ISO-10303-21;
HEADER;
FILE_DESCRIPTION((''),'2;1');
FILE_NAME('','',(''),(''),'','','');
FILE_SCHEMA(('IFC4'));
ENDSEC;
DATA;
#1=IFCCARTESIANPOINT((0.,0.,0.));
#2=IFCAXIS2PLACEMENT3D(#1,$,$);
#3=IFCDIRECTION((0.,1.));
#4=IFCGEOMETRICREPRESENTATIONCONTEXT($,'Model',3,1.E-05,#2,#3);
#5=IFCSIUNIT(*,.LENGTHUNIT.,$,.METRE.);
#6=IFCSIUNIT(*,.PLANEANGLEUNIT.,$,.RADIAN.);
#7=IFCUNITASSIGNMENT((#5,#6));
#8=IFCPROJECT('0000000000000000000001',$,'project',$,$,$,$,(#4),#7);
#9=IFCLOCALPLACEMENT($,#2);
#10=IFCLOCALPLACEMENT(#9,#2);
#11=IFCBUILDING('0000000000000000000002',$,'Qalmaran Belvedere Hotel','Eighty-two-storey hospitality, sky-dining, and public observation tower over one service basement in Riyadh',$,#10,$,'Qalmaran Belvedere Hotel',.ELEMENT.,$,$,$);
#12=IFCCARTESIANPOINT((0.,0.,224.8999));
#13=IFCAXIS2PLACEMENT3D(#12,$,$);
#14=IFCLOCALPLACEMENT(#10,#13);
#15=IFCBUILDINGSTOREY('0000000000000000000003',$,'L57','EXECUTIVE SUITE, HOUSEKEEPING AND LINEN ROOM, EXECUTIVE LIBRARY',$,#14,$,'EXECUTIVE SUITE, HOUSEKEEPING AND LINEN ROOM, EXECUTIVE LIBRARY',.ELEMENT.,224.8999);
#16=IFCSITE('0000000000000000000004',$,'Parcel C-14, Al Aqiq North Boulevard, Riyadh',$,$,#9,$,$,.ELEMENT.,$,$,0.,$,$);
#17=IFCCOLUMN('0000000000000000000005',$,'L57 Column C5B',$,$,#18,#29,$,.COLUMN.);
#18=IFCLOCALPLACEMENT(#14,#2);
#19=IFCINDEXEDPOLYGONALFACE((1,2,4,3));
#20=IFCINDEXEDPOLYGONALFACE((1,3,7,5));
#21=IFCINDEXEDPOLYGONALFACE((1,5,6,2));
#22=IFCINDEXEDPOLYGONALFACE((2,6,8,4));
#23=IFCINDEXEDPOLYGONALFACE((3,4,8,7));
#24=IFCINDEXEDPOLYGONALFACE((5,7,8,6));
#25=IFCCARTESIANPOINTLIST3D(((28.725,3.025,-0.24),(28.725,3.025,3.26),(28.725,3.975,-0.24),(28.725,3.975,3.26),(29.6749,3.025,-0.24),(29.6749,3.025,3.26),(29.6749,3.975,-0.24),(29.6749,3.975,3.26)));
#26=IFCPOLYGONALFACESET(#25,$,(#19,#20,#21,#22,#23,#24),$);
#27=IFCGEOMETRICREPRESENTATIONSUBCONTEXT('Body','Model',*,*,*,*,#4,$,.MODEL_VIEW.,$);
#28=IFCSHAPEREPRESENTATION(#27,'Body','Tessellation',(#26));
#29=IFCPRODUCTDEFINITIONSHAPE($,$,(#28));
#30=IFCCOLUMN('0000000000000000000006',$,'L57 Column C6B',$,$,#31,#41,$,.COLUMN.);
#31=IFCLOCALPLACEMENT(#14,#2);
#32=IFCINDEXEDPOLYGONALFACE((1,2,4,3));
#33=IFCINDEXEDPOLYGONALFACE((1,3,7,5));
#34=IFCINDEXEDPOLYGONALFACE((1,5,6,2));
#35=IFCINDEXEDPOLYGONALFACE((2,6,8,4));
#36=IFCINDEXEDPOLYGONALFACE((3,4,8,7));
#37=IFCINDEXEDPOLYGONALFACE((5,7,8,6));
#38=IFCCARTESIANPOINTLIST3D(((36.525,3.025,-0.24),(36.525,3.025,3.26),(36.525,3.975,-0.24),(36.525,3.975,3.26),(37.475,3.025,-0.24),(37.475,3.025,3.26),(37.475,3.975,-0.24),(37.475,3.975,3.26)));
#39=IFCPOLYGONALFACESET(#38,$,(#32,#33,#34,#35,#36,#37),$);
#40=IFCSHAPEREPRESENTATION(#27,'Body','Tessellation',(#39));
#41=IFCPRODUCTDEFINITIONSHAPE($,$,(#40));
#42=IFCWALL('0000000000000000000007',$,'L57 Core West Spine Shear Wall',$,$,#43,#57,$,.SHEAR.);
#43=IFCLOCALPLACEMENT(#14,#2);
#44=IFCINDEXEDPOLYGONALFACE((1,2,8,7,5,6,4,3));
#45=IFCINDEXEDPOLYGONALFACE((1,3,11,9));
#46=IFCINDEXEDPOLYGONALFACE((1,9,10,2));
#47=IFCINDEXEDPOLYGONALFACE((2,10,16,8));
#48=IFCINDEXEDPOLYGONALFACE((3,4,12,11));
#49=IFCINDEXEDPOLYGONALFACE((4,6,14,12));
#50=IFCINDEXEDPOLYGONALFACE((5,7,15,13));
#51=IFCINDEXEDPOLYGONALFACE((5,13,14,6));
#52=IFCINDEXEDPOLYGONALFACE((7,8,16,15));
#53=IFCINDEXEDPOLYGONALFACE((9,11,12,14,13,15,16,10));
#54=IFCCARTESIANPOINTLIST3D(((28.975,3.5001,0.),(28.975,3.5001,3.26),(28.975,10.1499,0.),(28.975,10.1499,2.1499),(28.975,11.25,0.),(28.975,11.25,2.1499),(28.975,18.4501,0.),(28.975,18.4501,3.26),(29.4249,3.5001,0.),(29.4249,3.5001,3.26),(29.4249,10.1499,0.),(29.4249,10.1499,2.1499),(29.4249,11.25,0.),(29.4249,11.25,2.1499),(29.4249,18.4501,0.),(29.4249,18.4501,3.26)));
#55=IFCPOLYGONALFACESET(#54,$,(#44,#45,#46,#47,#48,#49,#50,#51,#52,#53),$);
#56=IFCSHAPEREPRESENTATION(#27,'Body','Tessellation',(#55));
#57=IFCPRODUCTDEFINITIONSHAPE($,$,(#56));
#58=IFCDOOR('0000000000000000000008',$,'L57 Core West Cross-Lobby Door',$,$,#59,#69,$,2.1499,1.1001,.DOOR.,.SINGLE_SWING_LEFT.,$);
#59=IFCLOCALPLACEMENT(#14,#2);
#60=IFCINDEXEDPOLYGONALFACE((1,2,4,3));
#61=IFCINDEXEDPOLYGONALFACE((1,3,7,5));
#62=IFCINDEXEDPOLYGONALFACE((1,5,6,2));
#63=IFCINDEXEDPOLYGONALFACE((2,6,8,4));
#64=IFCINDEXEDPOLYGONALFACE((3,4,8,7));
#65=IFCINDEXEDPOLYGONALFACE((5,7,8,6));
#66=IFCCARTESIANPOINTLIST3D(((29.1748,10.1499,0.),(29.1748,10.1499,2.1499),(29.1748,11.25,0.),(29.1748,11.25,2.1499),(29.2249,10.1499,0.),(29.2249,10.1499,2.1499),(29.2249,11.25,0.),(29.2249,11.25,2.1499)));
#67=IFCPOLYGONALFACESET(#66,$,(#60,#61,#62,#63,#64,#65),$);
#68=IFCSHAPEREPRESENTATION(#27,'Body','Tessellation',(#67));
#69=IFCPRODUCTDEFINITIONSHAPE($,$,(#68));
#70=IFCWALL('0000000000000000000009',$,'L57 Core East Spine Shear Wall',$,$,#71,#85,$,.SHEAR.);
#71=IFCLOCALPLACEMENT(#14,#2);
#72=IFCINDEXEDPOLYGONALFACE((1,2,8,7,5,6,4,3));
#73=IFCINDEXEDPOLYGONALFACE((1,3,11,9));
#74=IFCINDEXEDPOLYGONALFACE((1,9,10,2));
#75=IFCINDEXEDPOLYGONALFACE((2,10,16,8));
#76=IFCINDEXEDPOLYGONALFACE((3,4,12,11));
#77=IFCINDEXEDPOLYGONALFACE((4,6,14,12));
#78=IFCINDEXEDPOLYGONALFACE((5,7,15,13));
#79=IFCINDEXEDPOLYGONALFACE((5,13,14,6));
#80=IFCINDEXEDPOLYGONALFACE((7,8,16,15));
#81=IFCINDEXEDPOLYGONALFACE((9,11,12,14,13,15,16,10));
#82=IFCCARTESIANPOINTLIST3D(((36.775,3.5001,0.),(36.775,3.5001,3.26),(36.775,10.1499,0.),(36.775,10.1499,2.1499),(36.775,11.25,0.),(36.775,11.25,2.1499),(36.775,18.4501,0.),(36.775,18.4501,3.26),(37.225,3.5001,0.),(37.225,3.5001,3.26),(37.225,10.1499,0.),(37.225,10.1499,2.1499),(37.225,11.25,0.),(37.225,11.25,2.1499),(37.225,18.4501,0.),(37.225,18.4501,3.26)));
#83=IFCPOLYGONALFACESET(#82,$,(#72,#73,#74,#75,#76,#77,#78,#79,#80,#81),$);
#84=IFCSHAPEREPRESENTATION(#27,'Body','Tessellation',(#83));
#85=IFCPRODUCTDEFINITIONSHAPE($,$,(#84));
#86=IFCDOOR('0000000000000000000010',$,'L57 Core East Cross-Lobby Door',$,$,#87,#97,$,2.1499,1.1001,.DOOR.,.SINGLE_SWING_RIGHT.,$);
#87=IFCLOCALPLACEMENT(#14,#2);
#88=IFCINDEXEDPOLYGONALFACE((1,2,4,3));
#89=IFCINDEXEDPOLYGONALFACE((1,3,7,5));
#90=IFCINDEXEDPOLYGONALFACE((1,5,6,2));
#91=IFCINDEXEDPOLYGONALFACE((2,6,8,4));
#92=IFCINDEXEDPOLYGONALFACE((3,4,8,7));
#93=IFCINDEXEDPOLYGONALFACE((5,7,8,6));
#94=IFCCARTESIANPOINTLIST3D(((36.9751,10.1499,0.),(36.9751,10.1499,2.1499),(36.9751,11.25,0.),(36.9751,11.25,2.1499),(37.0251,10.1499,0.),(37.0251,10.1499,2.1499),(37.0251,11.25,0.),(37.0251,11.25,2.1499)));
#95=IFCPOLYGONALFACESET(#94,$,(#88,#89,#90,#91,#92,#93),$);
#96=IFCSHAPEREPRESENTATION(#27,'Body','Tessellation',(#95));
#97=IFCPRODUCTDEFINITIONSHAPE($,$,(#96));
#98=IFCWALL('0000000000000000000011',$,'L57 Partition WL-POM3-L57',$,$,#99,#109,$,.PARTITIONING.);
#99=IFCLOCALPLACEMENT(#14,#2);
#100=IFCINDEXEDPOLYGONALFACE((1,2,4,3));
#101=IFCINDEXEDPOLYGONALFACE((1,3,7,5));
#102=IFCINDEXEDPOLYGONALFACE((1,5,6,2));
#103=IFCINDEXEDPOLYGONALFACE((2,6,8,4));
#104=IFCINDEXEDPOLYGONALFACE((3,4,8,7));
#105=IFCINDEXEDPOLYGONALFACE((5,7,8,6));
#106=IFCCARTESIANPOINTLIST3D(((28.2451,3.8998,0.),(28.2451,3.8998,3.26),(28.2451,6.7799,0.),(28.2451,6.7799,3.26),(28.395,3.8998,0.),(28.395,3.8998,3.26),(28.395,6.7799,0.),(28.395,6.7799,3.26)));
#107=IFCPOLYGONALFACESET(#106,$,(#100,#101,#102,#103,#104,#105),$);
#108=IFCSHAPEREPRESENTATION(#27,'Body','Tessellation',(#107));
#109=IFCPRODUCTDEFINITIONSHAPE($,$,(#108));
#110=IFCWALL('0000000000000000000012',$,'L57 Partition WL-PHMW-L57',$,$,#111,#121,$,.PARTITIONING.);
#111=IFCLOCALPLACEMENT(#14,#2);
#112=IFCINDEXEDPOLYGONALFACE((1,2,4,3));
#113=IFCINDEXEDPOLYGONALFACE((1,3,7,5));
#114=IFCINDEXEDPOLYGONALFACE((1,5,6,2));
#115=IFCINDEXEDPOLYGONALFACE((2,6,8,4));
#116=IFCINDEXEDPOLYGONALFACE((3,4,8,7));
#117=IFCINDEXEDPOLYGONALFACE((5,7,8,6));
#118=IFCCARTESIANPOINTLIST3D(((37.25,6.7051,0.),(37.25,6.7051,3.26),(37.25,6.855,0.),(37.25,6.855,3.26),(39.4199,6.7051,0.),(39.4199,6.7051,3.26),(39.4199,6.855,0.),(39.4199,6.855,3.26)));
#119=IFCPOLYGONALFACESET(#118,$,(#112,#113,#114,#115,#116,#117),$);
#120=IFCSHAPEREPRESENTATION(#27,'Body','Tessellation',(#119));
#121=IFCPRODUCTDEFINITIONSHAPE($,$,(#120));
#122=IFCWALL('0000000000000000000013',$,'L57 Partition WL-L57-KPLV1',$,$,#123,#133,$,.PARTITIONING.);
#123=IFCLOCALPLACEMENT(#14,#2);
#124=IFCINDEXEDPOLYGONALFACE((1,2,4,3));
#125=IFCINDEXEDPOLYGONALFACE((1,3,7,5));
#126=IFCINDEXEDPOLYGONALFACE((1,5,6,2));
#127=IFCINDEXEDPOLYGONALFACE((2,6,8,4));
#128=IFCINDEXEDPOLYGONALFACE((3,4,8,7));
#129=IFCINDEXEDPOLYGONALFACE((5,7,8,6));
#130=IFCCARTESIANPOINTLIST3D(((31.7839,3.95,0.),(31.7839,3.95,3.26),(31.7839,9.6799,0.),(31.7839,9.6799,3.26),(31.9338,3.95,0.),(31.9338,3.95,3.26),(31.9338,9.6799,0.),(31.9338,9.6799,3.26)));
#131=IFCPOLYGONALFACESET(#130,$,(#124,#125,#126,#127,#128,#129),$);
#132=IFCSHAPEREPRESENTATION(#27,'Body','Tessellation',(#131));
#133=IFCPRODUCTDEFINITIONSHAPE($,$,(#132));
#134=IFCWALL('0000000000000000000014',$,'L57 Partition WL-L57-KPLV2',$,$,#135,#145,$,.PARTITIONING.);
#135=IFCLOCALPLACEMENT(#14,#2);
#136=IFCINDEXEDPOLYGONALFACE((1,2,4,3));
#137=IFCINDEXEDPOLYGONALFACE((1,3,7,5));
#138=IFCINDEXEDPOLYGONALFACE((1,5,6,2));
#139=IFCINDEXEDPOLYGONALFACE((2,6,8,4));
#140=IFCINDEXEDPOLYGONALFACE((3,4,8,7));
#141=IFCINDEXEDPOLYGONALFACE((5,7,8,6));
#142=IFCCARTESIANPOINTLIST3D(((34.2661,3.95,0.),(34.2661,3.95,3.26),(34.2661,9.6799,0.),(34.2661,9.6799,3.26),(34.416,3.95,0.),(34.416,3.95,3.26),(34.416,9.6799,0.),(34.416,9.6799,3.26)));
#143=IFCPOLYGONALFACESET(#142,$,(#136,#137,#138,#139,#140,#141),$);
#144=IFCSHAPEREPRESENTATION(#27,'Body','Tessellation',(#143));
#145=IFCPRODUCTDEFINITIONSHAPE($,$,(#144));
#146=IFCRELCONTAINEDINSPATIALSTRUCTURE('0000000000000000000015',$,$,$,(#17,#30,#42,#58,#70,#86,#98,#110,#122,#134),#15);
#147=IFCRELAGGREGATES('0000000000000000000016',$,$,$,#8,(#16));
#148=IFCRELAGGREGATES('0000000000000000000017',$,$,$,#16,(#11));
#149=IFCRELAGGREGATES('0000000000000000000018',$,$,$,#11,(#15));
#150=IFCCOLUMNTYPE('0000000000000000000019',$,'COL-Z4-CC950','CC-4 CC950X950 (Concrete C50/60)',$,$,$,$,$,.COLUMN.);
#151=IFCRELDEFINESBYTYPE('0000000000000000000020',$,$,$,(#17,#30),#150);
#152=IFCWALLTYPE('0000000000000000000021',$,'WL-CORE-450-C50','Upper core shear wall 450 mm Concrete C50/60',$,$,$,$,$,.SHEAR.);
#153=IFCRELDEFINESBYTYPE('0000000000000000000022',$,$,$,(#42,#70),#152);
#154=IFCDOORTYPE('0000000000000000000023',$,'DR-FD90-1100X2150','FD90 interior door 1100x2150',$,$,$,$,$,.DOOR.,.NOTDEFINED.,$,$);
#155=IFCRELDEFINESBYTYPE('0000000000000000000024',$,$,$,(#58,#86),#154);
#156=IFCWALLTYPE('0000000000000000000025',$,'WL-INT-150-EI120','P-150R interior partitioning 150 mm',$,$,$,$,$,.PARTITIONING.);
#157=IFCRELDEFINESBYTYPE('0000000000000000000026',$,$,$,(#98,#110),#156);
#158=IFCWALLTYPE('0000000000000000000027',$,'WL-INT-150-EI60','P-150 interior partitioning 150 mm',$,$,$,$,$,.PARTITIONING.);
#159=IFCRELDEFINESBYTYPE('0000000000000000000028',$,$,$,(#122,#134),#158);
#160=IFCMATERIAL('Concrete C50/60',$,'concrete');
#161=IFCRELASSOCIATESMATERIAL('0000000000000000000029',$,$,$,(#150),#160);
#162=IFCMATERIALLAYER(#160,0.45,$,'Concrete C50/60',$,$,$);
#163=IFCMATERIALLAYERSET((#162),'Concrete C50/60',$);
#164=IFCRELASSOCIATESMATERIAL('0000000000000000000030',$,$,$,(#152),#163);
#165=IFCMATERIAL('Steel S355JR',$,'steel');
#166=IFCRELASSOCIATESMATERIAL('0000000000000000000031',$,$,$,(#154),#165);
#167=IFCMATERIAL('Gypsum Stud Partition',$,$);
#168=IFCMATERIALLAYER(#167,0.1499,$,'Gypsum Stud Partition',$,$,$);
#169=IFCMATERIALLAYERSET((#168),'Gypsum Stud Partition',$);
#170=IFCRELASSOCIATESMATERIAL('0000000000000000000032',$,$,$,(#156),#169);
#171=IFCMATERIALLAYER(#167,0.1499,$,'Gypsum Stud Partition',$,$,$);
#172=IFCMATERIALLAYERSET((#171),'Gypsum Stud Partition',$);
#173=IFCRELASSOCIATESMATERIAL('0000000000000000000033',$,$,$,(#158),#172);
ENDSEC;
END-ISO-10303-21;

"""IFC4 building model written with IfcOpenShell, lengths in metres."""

from ifc_helpers import new_model, si_unit, direction, frame, frame_2d, origin, origin_2d, place, context, subcontext, project, spatial, rectangle, extrude, material, layer, layer_set, material_profile, profile_set, type_object, element, fill, save


model = new_model("IFC4")

# Units and contexts
model_context = context("Model", 3, precision=1e-05, world=origin(), true_north=direction((0.0, 1.0)))
body_context = subcontext(model_context, "Body", "Model", "MODEL_VIEW")
ifc_project = project(units=[si_unit("LENGTHUNIT", "METRE"), si_unit("PLANEANGLEUNIT", "RADIAN")], contexts=[model_context])

# Site, building, storey
site_placement = place(None, origin())
site = spatial("IfcSite", under=ifc_project, at=site_placement, Name="Parcel C-14, Al Aqiq North Boulevard, Riyadh", CompositionType="ELEMENT", RefElevation=0.0)
building_placement = place(site_placement, origin())
building = spatial("IfcBuilding", under=site, at=building_placement, Name="Qalmaran Belvedere Hotel", Description="Eighty-two-storey hospitality, sky-dining, and public observation tower over one service basement in Riyadh", LongName="Qalmaran Belvedere Hotel", CompositionType="ELEMENT")
storey_placement = place(building_placement, frame((0.0, 0.0, 224.8999)))
storey = spatial("IfcBuildingStorey", under=building, at=storey_placement, Name="L57", Description="EXECUTIVE SUITE, HOUSEKEEPING AND LINEN ROOM, EXECUTIVE LIBRARY", LongName="EXECUTIVE SUITE, HOUSEKEEPING AND LINEN ROOM, EXECUTIVE LIBRARY", CompositionType="ELEMENT", Elevation=224.8999)

# Columns
ifc_material_1 = material(Name="Concrete C50/60", Category="concrete")
ifc_material_profile = material_profile(ifc_material_1, rectangle(XDim=0.95, YDim=0.95, at=origin_2d()), Name="CC950X950")
ifc_profile_set = profile_set([ifc_material_profile], Name="Concrete C50/60")
column_type = type_object("IfcColumnType", Name="COL-Z4-CC950", Description="CC-4 CC950X950 (Concrete C50/60)", PredefinedType="COLUMN", material=ifc_profile_set)
for number, where, z_axis, x_axis, name in (
    (1, (29.2, 3.5, -0.24), (0.0, 0.0, 1.0), (1.0, 0.0, 0.0), "L57 Column C5B"),
    (2, (37.0, 3.5, -0.24), (0.0, 0.0, 1.0), (1.0, 0.0, 0.0), "L57 Column C6B"),
):
    element("IfcColumn", number, at=place(storey_placement, frame(where, z_axis=z_axis, x_axis=x_axis)), inside=storey, type_object=column_type, Name=name, PredefinedType="COLUMN", context=body_context, shape_type="SweptSolid", body=[
        extrude(rectangle(XDim=0.95, YDim=0.95, at=origin_2d()), origin(), (0.0, 0.0, 1.0), 3.5),
    ])

# Walls, openings, doors
ifc_layer_1 = layer(ifc_material_1, 0.45, Name="Concrete C50/60")
ifc_layer_set_1 = layer_set([ifc_layer_1], Name="Concrete C50/60")
wall_type_1 = type_object("IfcWallType", Name="WL-CORE-450-C50", Description="Upper core shear wall 450 mm Concrete C50/60", PredefinedType="SHEAR", material=ifc_layer_set_1)
wall_1_placement = place(storey_placement, frame((29.2, 3.5, 0.0), z_axis=(0.0, 0.0, 1.0), x_axis=(0.0, 1.0, 0.0)))
wall_1 = element("IfcWall", 3, at=wall_1_placement, inside=storey, type_object=wall_type_1, Name="L57 Core West Spine Shear Wall", PredefinedType="SHEAR", context=body_context, shape_type="SweptSolid", body=[
    extrude(rectangle(XDim=14.95, YDim=0.45, at=frame_2d((7.4751, 0.0))), origin(), (0.0, 0.0, 1.0), 3.26),
])
opening_1_placement = place(wall_1_placement, frame((7.75, 0.0, 0.0), z_axis=(0.0, 0.0, 1.0), x_axis=(-1.0, 0.0, 0.0)))
opening_1 = element("IfcOpeningElement", 4, at=opening_1_placement, cuts=wall_1, PredefinedType="OPENING", context=body_context, shape_type="SweptSolid", body=[
    extrude(rectangle(XDim=1.1001, YDim=2.1499, at=frame_2d((0.55, 1.075))), frame((0.0, 0.2349, 0.0), z_axis=(0.0, -1.0, 0.0), x_axis=(1.0, 0.0, 0.0)), (0.0, 0.0, 1.0), 0.47),
])
ifc_material_2 = material(Name="Steel S355JR", Category="steel")
door_type_1 = type_object("IfcDoorType", Name="DR-FD90-1100X2150", Description="FD90 interior door 1100x2150", OperationType="NOTDEFINED", PredefinedType="DOOR", material=ifc_material_2)
door_1_placement = place(opening_1_placement, origin())
door_1 = element("IfcDoor", 5, at=door_1_placement, inside=storey, type_object=door_type_1, Name="L57 Core West Cross-Lobby Door", OperationType="SINGLE_SWING_LEFT", OverallHeight=2.1499, OverallWidth=1.1001, PredefinedType="DOOR", context=body_context, shape_type="SweptSolid", body=[
    extrude(rectangle(XDim=1.1001, YDim=2.1499, at=frame_2d((0.55, 1.075))), frame((0.0, 0.0249, 0.0), z_axis=(0.0, -1.0, 0.0), x_axis=(1.0, 0.0, 0.0)), (0.0, 0.0, 1.0), 0.05),
])
fill(opening_1, door_1)
wall_2_placement = place(storey_placement, frame((37.0, 3.5, 0.0), z_axis=(0.0, 0.0, 1.0), x_axis=(0.0, 1.0, 0.0)))
wall_2 = element("IfcWall", 6, at=wall_2_placement, inside=storey, type_object=wall_type_1, Name="L57 Core East Spine Shear Wall", PredefinedType="SHEAR", context=body_context, shape_type="SweptSolid", body=[
    extrude(rectangle(XDim=14.95, YDim=0.45, at=frame_2d((7.4751, 0.0))), origin(), (0.0, 0.0, 1.0), 3.26),
])
opening_2_placement = place(wall_2_placement, frame((6.6499, 0.0, 0.0)))
opening_2 = element("IfcOpeningElement", 7, at=opening_2_placement, cuts=wall_2, PredefinedType="OPENING", context=body_context, shape_type="SweptSolid", body=[
    extrude(rectangle(XDim=1.1001, YDim=2.1499, at=frame_2d((0.55, 1.075))), frame((0.0, 0.2349, 0.0), z_axis=(0.0, -1.0, 0.0), x_axis=(1.0, 0.0, 0.0)), (0.0, 0.0, 1.0), 0.47),
])
door_2_placement = place(opening_2_placement, origin())
door_2 = element("IfcDoor", 8, at=door_2_placement, inside=storey, type_object=door_type_1, Name="L57 Core East Cross-Lobby Door", OperationType="SINGLE_SWING_RIGHT", OverallHeight=2.1499, OverallWidth=1.1001, PredefinedType="DOOR", context=body_context, shape_type="SweptSolid", body=[
    extrude(rectangle(XDim=1.1001, YDim=2.1499, at=frame_2d((0.55, 1.075))), frame((0.0, 0.0249, 0.0), z_axis=(0.0, -1.0, 0.0), x_axis=(1.0, 0.0, 0.0)), (0.0, 0.0, 1.0), 0.05),
])
fill(opening_2, door_2)

# Walls
ifc_material_3 = material(Name="Gypsum Stud Partition")
ifc_layer_2 = layer(ifc_material_3, 0.1499, Name="Gypsum Stud Partition")
ifc_layer_set_2 = layer_set([ifc_layer_2], Name="Gypsum Stud Partition")
wall_type_2 = type_object("IfcWallType", Name="WL-INT-150-EI120", Description="P-150R interior partitioning 150 mm", PredefinedType="PARTITIONING", material=ifc_layer_set_2)
wall_3_placement = place(storey_placement, frame((28.3201, 3.8999, 0.0), z_axis=(0.0, 0.0, 1.0), x_axis=(0.0, 1.0, 0.0)))
element("IfcWall", 9, at=wall_3_placement, inside=storey, type_object=wall_type_2, Name="L57 Partition WL-POM3-L57", PredefinedType="PARTITIONING", context=body_context, shape_type="SweptSolid", body=[
    extrude(rectangle(XDim=2.8801, YDim=0.1499, at=frame_2d((1.4399, 0.0))), origin(), (0.0, 0.0, 1.0), 3.26),
])
wall_4_placement = place(storey_placement, frame((37.25, 6.78, 0.0), z_axis=(0.0, 0.0, 1.0), x_axis=(1.0, 0.0, 0.0)))
element("IfcWall", 10, at=wall_4_placement, inside=storey, type_object=wall_type_2, Name="L57 Partition WL-PHMW-L57", PredefinedType="PARTITIONING", context=body_context, shape_type="SweptSolid", body=[
    extrude(rectangle(XDim=2.1699, YDim=0.1499, at=frame_2d((1.085, 0.0))), origin(), (0.0, 0.0, 1.0), 3.26),
])
ifc_layer_3 = layer(ifc_material_3, 0.1499, Name="Gypsum Stud Partition")
ifc_layer_set_3 = layer_set([ifc_layer_3], Name="Gypsum Stud Partition")
wall_type_3 = type_object("IfcWallType", Name="WL-INT-150-EI60", Description="P-150 interior partitioning 150 mm", PredefinedType="PARTITIONING", material=ifc_layer_set_3)
for number, where, z_axis, x_axis, name in (
    (11, (31.8589, 3.95, 0.0), (0.0, 0.0, 1.0), (0.0, 1.0, 0.0), "L57 Partition WL-L57-KPLV1"),
    (12, (34.3411, 3.95, 0.0), (0.0, 0.0, 1.0), (0.0, 1.0, 0.0), "L57 Partition WL-L57-KPLV2"),
):
    element("IfcWall", number, at=place(storey_placement, frame(where, z_axis=z_axis, x_axis=x_axis)), inside=storey, type_object=wall_type_3, Name=name, PredefinedType="PARTITIONING", context=body_context, shape_type="SweptSolid", body=[
        extrude(rectangle(XDim=5.73, YDim=0.1499, at=frame_2d((2.865, 0.0))), origin(), (0.0, 0.0, 1.0), 3.26),
    ])

save(model, "model.ifc")
